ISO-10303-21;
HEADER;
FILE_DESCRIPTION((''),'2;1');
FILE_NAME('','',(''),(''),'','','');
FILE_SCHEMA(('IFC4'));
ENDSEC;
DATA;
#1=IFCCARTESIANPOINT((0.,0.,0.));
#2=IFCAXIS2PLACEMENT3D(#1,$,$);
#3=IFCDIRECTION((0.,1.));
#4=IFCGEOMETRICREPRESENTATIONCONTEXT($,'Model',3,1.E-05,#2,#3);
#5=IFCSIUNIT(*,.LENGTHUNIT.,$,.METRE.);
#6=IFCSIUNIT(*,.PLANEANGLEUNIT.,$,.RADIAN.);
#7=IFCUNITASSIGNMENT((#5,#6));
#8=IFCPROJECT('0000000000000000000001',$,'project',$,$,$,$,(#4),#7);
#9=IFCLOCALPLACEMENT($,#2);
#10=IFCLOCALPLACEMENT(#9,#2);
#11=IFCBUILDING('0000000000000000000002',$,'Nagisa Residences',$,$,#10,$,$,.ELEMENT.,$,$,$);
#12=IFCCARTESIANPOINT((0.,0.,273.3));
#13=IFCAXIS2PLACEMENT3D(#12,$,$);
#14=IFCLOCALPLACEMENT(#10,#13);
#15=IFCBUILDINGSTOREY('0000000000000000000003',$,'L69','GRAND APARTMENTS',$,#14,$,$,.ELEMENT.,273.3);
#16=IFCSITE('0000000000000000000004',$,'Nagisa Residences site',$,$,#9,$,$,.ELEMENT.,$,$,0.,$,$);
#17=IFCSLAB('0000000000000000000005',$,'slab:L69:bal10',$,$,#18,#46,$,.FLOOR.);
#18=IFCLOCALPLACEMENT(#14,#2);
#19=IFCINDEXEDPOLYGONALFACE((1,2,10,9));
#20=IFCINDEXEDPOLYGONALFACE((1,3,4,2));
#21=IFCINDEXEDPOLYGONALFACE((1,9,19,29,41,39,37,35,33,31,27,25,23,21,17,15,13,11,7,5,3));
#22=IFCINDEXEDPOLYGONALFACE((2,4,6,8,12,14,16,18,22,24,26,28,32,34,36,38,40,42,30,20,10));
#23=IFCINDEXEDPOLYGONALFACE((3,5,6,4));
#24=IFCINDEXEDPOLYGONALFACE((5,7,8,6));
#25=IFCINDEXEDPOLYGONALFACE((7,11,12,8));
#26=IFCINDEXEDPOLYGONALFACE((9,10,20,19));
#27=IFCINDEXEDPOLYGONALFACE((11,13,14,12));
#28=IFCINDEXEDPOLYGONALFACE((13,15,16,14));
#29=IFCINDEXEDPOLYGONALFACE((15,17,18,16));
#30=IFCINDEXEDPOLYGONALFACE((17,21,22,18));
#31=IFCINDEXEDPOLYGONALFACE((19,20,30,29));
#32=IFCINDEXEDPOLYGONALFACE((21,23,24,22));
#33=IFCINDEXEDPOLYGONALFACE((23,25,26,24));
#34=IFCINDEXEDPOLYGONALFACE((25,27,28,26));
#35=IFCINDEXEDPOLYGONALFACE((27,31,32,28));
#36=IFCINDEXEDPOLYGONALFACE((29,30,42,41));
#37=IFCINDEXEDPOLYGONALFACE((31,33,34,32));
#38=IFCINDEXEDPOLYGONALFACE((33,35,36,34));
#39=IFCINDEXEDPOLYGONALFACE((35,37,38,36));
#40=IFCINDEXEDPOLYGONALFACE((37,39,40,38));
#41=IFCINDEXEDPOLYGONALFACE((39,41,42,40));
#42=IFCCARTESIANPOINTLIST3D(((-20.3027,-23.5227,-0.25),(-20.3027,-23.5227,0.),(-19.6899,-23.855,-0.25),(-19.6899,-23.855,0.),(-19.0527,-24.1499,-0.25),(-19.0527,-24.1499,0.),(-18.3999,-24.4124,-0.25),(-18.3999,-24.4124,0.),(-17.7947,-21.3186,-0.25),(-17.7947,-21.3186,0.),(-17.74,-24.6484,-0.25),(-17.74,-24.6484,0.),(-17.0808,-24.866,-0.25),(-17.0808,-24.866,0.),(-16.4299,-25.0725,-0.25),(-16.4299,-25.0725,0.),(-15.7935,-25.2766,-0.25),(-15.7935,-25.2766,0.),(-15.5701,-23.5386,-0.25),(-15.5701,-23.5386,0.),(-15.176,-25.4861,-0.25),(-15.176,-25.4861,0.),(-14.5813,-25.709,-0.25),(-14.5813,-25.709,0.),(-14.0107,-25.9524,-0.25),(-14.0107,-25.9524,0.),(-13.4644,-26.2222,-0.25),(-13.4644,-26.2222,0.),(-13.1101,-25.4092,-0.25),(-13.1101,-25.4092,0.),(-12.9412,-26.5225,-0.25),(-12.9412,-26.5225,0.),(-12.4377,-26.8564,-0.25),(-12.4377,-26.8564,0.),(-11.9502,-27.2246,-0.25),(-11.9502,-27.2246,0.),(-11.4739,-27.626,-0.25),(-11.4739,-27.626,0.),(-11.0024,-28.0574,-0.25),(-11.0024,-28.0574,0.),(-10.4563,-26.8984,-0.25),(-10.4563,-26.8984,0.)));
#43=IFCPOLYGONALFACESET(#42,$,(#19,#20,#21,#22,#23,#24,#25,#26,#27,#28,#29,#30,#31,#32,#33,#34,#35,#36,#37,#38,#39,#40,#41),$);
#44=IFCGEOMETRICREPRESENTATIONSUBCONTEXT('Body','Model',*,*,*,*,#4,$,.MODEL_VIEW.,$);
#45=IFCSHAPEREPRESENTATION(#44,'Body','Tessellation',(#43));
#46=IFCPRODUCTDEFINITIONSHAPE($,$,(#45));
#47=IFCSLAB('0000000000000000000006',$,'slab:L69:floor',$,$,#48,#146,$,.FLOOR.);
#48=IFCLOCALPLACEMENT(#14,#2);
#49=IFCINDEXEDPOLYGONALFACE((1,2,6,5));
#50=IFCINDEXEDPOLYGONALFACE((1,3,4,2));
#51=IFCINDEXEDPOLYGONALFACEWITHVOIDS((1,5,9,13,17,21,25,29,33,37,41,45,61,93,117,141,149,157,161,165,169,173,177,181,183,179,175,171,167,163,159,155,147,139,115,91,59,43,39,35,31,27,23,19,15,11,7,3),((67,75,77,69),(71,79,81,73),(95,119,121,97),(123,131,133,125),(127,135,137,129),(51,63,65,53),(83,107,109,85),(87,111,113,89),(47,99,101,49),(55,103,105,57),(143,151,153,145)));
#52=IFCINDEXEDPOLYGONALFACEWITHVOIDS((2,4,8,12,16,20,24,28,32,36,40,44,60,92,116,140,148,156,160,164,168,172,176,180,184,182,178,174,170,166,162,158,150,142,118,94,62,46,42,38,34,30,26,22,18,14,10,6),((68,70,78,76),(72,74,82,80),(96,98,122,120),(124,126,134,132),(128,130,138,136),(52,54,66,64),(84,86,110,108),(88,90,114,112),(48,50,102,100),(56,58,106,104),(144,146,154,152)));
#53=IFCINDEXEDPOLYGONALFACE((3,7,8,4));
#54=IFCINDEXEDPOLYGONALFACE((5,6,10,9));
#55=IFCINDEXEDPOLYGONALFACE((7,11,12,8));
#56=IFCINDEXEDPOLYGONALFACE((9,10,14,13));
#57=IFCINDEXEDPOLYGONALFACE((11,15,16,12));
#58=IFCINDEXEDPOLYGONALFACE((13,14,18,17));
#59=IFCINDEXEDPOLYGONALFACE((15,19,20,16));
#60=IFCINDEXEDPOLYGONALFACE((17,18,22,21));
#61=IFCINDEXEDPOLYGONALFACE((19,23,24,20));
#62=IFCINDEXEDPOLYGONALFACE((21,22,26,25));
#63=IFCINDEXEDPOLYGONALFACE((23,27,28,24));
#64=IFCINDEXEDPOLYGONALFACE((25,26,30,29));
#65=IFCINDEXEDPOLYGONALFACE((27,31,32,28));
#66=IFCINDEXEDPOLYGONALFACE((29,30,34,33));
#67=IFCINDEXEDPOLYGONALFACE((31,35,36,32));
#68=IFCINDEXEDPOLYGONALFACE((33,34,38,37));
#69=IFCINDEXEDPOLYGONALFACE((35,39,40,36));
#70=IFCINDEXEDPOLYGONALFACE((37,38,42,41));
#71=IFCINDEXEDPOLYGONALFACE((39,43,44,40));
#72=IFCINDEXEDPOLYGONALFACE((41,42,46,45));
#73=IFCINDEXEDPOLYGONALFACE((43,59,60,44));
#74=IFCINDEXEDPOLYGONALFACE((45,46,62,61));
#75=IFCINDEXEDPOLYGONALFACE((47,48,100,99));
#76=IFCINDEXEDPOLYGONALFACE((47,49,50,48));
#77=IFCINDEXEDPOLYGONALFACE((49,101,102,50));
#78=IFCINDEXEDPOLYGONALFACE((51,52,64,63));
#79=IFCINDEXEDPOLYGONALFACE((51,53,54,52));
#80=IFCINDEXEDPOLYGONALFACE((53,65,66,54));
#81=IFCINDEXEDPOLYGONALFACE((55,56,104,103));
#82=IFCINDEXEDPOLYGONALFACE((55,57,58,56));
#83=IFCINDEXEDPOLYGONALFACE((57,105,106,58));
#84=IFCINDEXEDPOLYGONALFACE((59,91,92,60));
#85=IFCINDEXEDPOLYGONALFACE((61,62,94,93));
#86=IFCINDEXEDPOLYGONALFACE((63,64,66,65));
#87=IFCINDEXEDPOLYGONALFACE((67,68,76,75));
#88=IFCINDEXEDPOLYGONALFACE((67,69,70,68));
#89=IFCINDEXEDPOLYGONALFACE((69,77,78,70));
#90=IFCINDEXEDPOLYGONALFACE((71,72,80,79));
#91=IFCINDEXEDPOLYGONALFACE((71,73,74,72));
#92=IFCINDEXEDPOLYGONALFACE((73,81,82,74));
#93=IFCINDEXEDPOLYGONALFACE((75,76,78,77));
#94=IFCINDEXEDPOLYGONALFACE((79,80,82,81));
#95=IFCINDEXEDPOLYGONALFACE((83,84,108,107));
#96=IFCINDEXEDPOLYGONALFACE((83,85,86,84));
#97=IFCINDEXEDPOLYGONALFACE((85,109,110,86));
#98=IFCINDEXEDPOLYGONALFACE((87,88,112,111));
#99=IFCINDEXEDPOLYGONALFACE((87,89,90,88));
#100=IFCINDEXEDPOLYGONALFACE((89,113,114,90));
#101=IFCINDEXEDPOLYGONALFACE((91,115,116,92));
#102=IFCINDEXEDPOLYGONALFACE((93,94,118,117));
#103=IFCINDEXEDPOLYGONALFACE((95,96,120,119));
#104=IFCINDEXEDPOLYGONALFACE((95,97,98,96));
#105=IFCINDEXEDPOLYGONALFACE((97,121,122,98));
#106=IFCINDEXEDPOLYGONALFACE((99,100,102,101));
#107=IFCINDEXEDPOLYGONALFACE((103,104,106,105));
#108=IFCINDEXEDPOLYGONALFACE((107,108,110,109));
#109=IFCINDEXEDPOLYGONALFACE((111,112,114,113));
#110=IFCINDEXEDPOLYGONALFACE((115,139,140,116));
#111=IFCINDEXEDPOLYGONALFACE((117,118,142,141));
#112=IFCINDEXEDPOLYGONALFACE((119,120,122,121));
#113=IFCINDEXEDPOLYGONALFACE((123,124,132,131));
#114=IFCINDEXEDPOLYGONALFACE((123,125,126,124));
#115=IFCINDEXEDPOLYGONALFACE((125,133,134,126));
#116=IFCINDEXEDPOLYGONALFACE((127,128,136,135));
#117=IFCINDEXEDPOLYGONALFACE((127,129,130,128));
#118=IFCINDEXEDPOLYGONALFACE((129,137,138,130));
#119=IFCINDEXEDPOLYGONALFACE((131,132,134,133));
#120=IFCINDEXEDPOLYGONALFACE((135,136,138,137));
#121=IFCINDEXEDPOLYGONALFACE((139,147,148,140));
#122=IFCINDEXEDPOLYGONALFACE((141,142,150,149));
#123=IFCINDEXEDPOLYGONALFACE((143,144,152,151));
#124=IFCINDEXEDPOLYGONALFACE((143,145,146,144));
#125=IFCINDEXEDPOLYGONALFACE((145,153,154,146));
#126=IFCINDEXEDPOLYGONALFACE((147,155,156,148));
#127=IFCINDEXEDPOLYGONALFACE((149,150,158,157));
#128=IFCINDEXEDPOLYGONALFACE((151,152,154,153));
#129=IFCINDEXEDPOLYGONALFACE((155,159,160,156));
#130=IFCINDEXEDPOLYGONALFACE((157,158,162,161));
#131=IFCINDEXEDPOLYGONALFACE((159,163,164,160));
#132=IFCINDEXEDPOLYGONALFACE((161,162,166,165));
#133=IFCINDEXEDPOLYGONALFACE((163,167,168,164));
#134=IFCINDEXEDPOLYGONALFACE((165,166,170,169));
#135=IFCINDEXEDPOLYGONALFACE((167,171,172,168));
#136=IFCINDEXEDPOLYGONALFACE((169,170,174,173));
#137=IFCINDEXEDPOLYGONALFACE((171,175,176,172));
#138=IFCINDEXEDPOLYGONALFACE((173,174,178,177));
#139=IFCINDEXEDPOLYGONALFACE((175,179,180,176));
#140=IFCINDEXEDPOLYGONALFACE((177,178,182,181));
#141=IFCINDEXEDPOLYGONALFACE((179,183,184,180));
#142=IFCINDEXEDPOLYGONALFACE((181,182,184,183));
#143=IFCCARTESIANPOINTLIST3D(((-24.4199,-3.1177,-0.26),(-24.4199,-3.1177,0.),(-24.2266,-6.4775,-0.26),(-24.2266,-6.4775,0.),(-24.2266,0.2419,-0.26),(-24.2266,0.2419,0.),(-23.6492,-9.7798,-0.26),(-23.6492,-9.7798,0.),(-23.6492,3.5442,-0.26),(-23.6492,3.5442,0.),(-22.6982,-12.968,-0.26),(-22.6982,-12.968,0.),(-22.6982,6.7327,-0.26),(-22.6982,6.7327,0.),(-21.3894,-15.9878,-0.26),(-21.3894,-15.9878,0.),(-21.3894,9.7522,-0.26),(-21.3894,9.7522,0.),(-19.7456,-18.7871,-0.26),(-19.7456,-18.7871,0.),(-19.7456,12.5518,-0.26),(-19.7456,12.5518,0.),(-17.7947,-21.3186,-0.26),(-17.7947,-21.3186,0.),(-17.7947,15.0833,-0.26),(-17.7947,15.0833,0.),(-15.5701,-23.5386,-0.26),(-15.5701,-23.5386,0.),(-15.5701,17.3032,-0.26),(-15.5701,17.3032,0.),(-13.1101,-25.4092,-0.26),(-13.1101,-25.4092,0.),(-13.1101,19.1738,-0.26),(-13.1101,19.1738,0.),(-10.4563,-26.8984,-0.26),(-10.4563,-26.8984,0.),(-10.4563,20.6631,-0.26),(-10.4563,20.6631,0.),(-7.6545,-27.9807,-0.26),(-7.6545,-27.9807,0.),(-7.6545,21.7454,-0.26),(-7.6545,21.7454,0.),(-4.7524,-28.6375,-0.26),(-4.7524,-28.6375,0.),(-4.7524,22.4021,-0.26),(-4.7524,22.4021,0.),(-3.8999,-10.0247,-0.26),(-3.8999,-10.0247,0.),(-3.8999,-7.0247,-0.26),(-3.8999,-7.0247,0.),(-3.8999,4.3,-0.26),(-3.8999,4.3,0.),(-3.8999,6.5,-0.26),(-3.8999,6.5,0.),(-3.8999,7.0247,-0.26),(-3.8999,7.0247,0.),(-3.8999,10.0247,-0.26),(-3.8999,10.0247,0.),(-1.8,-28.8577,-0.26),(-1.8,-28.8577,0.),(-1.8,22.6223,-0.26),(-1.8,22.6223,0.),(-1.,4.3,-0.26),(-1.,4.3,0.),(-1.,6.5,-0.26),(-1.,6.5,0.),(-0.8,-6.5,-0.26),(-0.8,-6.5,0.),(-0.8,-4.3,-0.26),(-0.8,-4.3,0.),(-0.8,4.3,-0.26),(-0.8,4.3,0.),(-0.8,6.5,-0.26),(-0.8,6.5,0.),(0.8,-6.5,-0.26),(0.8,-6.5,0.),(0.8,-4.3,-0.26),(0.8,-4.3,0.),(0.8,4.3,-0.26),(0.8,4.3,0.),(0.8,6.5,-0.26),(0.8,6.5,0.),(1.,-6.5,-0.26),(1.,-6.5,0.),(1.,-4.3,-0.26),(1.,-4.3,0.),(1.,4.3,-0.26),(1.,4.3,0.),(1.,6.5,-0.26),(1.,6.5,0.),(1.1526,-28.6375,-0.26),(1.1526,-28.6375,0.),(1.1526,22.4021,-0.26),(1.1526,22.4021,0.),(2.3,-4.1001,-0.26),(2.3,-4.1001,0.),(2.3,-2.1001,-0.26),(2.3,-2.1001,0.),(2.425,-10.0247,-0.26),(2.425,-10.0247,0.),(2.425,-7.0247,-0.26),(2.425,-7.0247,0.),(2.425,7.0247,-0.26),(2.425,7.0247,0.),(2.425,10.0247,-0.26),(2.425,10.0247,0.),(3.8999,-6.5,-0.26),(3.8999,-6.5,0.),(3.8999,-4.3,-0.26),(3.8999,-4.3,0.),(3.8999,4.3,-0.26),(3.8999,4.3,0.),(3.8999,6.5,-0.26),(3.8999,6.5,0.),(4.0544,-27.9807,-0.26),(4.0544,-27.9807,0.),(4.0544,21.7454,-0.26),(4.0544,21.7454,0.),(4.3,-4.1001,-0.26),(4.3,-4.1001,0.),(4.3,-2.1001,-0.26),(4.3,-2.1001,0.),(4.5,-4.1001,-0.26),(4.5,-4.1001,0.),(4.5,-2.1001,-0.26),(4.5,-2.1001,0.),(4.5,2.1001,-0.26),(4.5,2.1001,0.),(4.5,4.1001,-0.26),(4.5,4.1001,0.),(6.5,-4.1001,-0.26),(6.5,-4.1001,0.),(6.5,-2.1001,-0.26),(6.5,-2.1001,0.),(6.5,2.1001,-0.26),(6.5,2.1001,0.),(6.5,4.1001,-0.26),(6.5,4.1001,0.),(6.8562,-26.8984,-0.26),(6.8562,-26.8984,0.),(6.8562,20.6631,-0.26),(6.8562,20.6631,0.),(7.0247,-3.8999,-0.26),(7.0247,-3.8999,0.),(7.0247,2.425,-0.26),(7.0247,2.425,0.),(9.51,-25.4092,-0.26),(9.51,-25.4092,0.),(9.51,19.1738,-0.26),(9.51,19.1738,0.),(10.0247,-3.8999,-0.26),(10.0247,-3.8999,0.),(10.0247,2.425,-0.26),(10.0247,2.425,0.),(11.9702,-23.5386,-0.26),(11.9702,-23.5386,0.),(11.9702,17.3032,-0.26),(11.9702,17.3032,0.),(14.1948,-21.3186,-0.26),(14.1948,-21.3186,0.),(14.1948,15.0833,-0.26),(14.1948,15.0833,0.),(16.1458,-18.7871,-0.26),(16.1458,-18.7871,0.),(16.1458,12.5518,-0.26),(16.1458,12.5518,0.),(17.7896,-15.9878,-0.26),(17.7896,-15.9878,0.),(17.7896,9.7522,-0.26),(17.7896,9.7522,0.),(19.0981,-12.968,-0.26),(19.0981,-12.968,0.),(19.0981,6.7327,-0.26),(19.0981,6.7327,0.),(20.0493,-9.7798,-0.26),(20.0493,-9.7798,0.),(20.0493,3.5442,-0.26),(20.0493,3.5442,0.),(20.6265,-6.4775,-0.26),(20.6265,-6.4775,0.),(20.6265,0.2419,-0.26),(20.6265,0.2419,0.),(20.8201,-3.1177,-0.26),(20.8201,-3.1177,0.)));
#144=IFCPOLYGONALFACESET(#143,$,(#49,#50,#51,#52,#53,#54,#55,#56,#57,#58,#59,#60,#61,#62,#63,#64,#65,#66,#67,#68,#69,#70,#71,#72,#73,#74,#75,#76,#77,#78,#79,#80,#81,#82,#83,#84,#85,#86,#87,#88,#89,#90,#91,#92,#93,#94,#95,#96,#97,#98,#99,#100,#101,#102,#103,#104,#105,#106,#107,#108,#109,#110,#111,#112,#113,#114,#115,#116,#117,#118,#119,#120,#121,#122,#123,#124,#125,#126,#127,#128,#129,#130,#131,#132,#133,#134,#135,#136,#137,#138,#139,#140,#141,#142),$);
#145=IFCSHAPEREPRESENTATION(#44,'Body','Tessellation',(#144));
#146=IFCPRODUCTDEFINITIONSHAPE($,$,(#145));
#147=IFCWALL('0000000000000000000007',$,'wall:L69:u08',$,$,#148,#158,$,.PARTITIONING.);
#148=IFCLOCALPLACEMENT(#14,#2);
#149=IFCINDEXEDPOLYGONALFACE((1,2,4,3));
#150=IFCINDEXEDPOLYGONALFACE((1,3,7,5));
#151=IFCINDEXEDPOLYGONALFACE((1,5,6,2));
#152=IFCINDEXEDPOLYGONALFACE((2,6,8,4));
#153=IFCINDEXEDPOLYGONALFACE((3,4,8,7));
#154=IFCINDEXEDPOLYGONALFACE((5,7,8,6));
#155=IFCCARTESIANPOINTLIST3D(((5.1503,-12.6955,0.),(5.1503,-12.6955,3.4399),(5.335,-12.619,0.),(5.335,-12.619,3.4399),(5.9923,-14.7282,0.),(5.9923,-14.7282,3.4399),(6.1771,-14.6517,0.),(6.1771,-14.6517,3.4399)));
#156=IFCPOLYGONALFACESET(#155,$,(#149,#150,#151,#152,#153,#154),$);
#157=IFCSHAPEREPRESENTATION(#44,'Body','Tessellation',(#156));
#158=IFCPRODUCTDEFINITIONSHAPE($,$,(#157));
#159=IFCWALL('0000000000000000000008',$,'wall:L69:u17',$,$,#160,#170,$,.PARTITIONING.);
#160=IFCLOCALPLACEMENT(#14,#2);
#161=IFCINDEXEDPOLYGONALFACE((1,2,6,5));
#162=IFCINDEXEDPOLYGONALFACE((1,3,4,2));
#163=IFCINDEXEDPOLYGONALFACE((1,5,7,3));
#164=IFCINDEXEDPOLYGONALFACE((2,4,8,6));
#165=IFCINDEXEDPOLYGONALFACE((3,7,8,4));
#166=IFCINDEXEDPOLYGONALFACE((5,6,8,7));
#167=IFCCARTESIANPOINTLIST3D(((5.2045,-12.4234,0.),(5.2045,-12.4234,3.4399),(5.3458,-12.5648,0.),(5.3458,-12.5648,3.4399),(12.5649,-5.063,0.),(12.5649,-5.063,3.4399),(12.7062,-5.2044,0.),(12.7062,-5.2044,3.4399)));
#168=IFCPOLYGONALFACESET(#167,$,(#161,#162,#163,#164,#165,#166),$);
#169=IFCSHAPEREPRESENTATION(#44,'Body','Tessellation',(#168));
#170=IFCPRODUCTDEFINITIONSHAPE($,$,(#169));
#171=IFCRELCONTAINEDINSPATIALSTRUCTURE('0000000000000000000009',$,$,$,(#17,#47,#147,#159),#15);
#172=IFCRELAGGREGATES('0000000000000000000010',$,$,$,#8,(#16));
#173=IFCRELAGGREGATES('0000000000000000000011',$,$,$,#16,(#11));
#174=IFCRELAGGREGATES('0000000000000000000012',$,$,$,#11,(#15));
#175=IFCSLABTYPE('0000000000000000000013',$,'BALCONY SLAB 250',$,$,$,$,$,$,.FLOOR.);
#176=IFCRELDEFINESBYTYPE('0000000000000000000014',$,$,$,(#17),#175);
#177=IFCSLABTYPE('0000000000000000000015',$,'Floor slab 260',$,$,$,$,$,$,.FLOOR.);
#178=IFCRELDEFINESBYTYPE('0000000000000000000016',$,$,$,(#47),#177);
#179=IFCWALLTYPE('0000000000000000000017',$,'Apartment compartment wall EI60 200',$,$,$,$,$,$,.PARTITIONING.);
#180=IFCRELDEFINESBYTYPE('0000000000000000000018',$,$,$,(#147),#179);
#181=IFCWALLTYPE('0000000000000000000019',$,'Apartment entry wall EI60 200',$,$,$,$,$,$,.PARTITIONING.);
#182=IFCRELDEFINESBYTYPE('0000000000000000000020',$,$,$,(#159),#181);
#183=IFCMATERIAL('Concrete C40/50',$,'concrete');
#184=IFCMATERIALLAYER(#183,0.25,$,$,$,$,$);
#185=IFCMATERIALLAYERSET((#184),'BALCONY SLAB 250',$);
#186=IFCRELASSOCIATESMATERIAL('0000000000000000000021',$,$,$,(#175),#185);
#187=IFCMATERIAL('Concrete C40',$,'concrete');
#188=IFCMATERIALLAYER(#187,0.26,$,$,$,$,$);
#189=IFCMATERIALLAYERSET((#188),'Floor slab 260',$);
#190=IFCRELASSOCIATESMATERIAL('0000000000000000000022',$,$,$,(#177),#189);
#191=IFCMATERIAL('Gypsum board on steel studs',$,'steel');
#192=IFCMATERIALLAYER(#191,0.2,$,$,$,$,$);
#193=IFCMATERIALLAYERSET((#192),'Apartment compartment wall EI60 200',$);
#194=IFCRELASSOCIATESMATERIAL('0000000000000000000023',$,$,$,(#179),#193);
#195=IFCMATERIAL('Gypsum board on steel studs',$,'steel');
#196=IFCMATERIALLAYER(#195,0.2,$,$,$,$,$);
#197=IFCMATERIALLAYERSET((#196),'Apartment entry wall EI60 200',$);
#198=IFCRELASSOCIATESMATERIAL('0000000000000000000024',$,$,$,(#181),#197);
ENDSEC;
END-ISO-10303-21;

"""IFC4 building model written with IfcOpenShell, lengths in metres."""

from ifc_helpers import new_model, si_unit, direction, frame, frame_2d, origin, place, context, subcontext, project, spatial, polyline, rectangle, outline, extrude, material, layer, layer_set, type_object, element, save


model = new_model("IFC4")

# Units and contexts
model_context = context("Model", 3, precision=1e-05, world=origin(), true_north=direction((0.0, 1.0)))
body_context = subcontext(model_context, "Body", "Model", "MODEL_VIEW")
ifc_project = project(units=[si_unit("LENGTHUNIT", "METRE"), si_unit("PLANEANGLEUNIT", "RADIAN")], contexts=[model_context])

# Site, building, storey
site_placement = place(None, origin())
site = spatial("IfcSite", under=ifc_project, at=site_placement, Name="Nagisa Residences site", CompositionType="ELEMENT", RefElevation=0.0)
building_placement = place(site_placement, origin())
building = spatial("IfcBuilding", under=site, at=building_placement, Name="Nagisa Residences", CompositionType="ELEMENT")
storey_placement = place(building_placement, frame((0.0, 0.0, 273.3)))
storey = spatial("IfcBuildingStorey", under=building, at=storey_placement, Name="L69", Description="GRAND APARTMENTS", CompositionType="ELEMENT", Elevation=273.3)

# Slabs
ifc_material_1 = material(Name="Concrete C40/50", Category="concrete")
ifc_layer_1 = layer(ifc_material_1, 0.25)
ifc_layer_set_1 = layer_set([ifc_layer_1], Name="BALCONY SLAB 250")
slab_type_1 = type_object("IfcSlabType", Name="BALCONY SLAB 250", PredefinedType="FLOOR", material=ifc_layer_set_1)
slab_1_placement = place(storey_placement, frame((0.0, 0.0, -0.25)))
element("IfcSlab", 1, at=slab_1_placement, inside=storey, type_object=slab_type_1, Name="slab:L69:bal10", PredefinedType="FLOOR", context=body_context, shape_type="SweptSolid", body=[
    extrude(outline(polyline([(-20.3027, -23.5227), (-19.6899, -23.855), (-19.0527, -24.1499), (-18.3999, -24.4124), (-17.74, -24.6484), (-17.0808, -24.866), (-16.4299, -25.0725), (-15.7935, -25.2766), (-15.176, -25.4861), (-14.5813, -25.709), (-14.0107, -25.9524), (-13.4644, -26.2222), (-12.9412, -26.5225), (-12.4377, -26.8564), (-11.9502, -27.2246), (-11.4739, -27.626), (-11.0024, -28.0574), (-10.4563, -26.8984), (-13.1101, -25.4092), (-15.5701, -23.5386), (-17.7947, -21.3186), (-20.3027, -23.5227)])), origin(), (0.0, 0.0, 1.0), 0.25),
])
ifc_material_2 = material(Name="Concrete C40", Category="concrete")
ifc_layer_2 = layer(ifc_material_2, 0.26)
ifc_layer_set_2 = layer_set([ifc_layer_2], Name="Floor slab 260")
slab_type_2 = type_object("IfcSlabType", Name="Floor slab 260", PredefinedType="FLOOR", material=ifc_layer_set_2)
slab_2_placement = place(storey_placement, frame((0.0, 0.0, -0.26)))
element("IfcSlab", 2, at=slab_2_placement, inside=storey, type_object=slab_type_2, Name="slab:L69:floor", PredefinedType="FLOOR", context=body_context, shape_type="SweptSolid", body=[
    extrude(outline(polyline([(20.8201, -3.1177), (20.6265, 0.2419), (20.0493, 3.5442), (19.0981, 6.7327), (17.7896, 9.7522), (16.1458, 12.5518), (14.1948, 15.0833), (11.9702, 17.3032), (9.51, 19.1738), (6.8562, 20.6631), (4.0544, 21.7454), (1.1526, 22.4021), (-1.8, 22.6223), (-4.7524, 22.4021), (-7.6545, 21.7454), (-10.4563, 20.6631), (-13.1101, 19.1738), (-15.5701, 17.3032), (-17.7947, 15.0833), (-19.7456, 12.5518), (-21.3894, 9.7522), (-22.6982, 6.7327), (-23.6492, 3.5442), (-24.2266, 0.2419), (-24.4199, -3.1177), (-24.2266, -6.4775), (-23.6492, -9.7798), (-22.6982, -12.968), (-21.3894, -15.9878), (-19.7456, -18.7871), (-17.7947, -21.3186), (-15.5701, -23.5386), (-13.1101, -25.4092), (-10.4563, -26.8984), (-7.6545, -27.9807), (-4.7524, -28.6375), (-1.8, -28.8577), (1.1526, -28.6375), (4.0544, -27.9807), (6.8562, -26.8984), (9.51, -25.4092), (11.9702, -23.5386), (14.1948, -21.3186), (16.1458, -18.7871), (17.7896, -15.9878), (19.0981, -12.968), (20.0493, -9.7798), (20.6265, -6.4775), (20.8201, -3.1177)]), holes=[polyline([(6.5, 2.1001), (6.5, 4.1001), (4.5, 4.1001), (4.5, 2.1001), (6.5, 2.1001)]), polyline([(4.3, -4.1001), (4.3, -2.1001), (2.3, -2.1001), (2.3, -4.1001), (4.3, -4.1001)]), polyline([(6.5, -4.1001), (6.5, -2.1001), (4.5, -2.1001), (4.5, -4.1001), (6.5, -4.1001)]), polyline([(3.8999, 4.3), (3.8999, 6.5), (1.0, 6.5), (1.0, 4.3), (3.8999, 4.3)]), polyline([(3.8999, -6.5), (3.8999, -4.3), (1.0, -4.3), (1.0, -6.5), (3.8999, -6.5)]), polyline([(-1.0, 4.3), (-1.0, 6.5), (-3.8999, 6.5), (-3.8999, 4.3), (-1.0, 4.3)]), polyline([(0.8, 4.3), (0.8, 6.5), (-0.8, 6.5), (-0.8, 4.3), (0.8, 4.3)]), polyline([(0.8, -6.5), (0.8, -4.3), (-0.8, -4.3), (-0.8, -6.5), (0.8, -6.5)]), polyline([(10.0247, -3.8999), (7.0247, -3.8999), (7.0247, 2.425), (10.0247, 2.425), (10.0247, -3.8999)]), polyline([(-3.8999, 7.0247), (-3.8999, 10.0247), (2.425, 10.0247), (2.425, 7.0247), (-3.8999, 7.0247)]), polyline([(-3.8999, -10.0247), (-3.8999, -7.0247), (2.425, -7.0247), (2.425, -10.0247), (-3.8999, -10.0247)])]), origin(), (0.0, 0.0, 1.0), 0.26),
])

# Walls
ifc_material_3 = material(Name="Gypsum board on steel studs", Category="steel")
ifc_layer_3 = layer(ifc_material_3, 0.2)
ifc_layer_set_3 = layer_set([ifc_layer_3], Name="Apartment compartment wall EI60 200")
wall_type_1 = type_object("IfcWallType", Name="Apartment compartment wall EI60 200", PredefinedType="PARTITIONING", material=ifc_layer_set_3)
wall_1_placement = place(storey_placement, frame((5.2427, -12.6572, 0.0), z_axis=(0.0, 0.0, 1.0), x_axis=(0.382708, -0.923869, 0.0)))
element("IfcWall", 3, at=wall_1_placement, inside=storey, type_object=wall_type_1, Name="wall:L69:u08", PredefinedType="PARTITIONING", context=body_context, shape_type="SweptSolid", body=[
    extrude(rectangle(XDim=2.2002, YDim=0.2, at=frame_2d((1.1001, 0.0))), origin(), (0.0, 0.0, 1.0), 3.4399),
])
ifc_material_4 = material(Name="Gypsum board on steel studs", Category="steel")
ifc_layer_4 = layer(ifc_material_4, 0.2)
ifc_layer_set_4 = layer_set([ifc_layer_4], Name="Apartment entry wall EI60 200")
wall_type_2 = type_object("IfcWallType", Name="Apartment entry wall EI60 200", PredefinedType="PARTITIONING", material=ifc_layer_set_4)
wall_2_placement = place(storey_placement, frame((5.2751, -12.4941, 0.0), z_axis=(0.0, 0.0, 1.0), x_axis=(0.707107, 0.707107, 0.0)))
element("IfcWall", 4, at=wall_2_placement, inside=storey, type_object=wall_type_2, Name="wall:L69:u17", PredefinedType="PARTITIONING", context=body_context, shape_type="SweptSolid", body=[
    extrude(rectangle(XDim=10.4092, YDim=0.2, at=frame_2d((5.2046, 0.0))), origin(), (0.0, 0.0, 1.0), 3.4399),
])

save(model, "model.ifc")
